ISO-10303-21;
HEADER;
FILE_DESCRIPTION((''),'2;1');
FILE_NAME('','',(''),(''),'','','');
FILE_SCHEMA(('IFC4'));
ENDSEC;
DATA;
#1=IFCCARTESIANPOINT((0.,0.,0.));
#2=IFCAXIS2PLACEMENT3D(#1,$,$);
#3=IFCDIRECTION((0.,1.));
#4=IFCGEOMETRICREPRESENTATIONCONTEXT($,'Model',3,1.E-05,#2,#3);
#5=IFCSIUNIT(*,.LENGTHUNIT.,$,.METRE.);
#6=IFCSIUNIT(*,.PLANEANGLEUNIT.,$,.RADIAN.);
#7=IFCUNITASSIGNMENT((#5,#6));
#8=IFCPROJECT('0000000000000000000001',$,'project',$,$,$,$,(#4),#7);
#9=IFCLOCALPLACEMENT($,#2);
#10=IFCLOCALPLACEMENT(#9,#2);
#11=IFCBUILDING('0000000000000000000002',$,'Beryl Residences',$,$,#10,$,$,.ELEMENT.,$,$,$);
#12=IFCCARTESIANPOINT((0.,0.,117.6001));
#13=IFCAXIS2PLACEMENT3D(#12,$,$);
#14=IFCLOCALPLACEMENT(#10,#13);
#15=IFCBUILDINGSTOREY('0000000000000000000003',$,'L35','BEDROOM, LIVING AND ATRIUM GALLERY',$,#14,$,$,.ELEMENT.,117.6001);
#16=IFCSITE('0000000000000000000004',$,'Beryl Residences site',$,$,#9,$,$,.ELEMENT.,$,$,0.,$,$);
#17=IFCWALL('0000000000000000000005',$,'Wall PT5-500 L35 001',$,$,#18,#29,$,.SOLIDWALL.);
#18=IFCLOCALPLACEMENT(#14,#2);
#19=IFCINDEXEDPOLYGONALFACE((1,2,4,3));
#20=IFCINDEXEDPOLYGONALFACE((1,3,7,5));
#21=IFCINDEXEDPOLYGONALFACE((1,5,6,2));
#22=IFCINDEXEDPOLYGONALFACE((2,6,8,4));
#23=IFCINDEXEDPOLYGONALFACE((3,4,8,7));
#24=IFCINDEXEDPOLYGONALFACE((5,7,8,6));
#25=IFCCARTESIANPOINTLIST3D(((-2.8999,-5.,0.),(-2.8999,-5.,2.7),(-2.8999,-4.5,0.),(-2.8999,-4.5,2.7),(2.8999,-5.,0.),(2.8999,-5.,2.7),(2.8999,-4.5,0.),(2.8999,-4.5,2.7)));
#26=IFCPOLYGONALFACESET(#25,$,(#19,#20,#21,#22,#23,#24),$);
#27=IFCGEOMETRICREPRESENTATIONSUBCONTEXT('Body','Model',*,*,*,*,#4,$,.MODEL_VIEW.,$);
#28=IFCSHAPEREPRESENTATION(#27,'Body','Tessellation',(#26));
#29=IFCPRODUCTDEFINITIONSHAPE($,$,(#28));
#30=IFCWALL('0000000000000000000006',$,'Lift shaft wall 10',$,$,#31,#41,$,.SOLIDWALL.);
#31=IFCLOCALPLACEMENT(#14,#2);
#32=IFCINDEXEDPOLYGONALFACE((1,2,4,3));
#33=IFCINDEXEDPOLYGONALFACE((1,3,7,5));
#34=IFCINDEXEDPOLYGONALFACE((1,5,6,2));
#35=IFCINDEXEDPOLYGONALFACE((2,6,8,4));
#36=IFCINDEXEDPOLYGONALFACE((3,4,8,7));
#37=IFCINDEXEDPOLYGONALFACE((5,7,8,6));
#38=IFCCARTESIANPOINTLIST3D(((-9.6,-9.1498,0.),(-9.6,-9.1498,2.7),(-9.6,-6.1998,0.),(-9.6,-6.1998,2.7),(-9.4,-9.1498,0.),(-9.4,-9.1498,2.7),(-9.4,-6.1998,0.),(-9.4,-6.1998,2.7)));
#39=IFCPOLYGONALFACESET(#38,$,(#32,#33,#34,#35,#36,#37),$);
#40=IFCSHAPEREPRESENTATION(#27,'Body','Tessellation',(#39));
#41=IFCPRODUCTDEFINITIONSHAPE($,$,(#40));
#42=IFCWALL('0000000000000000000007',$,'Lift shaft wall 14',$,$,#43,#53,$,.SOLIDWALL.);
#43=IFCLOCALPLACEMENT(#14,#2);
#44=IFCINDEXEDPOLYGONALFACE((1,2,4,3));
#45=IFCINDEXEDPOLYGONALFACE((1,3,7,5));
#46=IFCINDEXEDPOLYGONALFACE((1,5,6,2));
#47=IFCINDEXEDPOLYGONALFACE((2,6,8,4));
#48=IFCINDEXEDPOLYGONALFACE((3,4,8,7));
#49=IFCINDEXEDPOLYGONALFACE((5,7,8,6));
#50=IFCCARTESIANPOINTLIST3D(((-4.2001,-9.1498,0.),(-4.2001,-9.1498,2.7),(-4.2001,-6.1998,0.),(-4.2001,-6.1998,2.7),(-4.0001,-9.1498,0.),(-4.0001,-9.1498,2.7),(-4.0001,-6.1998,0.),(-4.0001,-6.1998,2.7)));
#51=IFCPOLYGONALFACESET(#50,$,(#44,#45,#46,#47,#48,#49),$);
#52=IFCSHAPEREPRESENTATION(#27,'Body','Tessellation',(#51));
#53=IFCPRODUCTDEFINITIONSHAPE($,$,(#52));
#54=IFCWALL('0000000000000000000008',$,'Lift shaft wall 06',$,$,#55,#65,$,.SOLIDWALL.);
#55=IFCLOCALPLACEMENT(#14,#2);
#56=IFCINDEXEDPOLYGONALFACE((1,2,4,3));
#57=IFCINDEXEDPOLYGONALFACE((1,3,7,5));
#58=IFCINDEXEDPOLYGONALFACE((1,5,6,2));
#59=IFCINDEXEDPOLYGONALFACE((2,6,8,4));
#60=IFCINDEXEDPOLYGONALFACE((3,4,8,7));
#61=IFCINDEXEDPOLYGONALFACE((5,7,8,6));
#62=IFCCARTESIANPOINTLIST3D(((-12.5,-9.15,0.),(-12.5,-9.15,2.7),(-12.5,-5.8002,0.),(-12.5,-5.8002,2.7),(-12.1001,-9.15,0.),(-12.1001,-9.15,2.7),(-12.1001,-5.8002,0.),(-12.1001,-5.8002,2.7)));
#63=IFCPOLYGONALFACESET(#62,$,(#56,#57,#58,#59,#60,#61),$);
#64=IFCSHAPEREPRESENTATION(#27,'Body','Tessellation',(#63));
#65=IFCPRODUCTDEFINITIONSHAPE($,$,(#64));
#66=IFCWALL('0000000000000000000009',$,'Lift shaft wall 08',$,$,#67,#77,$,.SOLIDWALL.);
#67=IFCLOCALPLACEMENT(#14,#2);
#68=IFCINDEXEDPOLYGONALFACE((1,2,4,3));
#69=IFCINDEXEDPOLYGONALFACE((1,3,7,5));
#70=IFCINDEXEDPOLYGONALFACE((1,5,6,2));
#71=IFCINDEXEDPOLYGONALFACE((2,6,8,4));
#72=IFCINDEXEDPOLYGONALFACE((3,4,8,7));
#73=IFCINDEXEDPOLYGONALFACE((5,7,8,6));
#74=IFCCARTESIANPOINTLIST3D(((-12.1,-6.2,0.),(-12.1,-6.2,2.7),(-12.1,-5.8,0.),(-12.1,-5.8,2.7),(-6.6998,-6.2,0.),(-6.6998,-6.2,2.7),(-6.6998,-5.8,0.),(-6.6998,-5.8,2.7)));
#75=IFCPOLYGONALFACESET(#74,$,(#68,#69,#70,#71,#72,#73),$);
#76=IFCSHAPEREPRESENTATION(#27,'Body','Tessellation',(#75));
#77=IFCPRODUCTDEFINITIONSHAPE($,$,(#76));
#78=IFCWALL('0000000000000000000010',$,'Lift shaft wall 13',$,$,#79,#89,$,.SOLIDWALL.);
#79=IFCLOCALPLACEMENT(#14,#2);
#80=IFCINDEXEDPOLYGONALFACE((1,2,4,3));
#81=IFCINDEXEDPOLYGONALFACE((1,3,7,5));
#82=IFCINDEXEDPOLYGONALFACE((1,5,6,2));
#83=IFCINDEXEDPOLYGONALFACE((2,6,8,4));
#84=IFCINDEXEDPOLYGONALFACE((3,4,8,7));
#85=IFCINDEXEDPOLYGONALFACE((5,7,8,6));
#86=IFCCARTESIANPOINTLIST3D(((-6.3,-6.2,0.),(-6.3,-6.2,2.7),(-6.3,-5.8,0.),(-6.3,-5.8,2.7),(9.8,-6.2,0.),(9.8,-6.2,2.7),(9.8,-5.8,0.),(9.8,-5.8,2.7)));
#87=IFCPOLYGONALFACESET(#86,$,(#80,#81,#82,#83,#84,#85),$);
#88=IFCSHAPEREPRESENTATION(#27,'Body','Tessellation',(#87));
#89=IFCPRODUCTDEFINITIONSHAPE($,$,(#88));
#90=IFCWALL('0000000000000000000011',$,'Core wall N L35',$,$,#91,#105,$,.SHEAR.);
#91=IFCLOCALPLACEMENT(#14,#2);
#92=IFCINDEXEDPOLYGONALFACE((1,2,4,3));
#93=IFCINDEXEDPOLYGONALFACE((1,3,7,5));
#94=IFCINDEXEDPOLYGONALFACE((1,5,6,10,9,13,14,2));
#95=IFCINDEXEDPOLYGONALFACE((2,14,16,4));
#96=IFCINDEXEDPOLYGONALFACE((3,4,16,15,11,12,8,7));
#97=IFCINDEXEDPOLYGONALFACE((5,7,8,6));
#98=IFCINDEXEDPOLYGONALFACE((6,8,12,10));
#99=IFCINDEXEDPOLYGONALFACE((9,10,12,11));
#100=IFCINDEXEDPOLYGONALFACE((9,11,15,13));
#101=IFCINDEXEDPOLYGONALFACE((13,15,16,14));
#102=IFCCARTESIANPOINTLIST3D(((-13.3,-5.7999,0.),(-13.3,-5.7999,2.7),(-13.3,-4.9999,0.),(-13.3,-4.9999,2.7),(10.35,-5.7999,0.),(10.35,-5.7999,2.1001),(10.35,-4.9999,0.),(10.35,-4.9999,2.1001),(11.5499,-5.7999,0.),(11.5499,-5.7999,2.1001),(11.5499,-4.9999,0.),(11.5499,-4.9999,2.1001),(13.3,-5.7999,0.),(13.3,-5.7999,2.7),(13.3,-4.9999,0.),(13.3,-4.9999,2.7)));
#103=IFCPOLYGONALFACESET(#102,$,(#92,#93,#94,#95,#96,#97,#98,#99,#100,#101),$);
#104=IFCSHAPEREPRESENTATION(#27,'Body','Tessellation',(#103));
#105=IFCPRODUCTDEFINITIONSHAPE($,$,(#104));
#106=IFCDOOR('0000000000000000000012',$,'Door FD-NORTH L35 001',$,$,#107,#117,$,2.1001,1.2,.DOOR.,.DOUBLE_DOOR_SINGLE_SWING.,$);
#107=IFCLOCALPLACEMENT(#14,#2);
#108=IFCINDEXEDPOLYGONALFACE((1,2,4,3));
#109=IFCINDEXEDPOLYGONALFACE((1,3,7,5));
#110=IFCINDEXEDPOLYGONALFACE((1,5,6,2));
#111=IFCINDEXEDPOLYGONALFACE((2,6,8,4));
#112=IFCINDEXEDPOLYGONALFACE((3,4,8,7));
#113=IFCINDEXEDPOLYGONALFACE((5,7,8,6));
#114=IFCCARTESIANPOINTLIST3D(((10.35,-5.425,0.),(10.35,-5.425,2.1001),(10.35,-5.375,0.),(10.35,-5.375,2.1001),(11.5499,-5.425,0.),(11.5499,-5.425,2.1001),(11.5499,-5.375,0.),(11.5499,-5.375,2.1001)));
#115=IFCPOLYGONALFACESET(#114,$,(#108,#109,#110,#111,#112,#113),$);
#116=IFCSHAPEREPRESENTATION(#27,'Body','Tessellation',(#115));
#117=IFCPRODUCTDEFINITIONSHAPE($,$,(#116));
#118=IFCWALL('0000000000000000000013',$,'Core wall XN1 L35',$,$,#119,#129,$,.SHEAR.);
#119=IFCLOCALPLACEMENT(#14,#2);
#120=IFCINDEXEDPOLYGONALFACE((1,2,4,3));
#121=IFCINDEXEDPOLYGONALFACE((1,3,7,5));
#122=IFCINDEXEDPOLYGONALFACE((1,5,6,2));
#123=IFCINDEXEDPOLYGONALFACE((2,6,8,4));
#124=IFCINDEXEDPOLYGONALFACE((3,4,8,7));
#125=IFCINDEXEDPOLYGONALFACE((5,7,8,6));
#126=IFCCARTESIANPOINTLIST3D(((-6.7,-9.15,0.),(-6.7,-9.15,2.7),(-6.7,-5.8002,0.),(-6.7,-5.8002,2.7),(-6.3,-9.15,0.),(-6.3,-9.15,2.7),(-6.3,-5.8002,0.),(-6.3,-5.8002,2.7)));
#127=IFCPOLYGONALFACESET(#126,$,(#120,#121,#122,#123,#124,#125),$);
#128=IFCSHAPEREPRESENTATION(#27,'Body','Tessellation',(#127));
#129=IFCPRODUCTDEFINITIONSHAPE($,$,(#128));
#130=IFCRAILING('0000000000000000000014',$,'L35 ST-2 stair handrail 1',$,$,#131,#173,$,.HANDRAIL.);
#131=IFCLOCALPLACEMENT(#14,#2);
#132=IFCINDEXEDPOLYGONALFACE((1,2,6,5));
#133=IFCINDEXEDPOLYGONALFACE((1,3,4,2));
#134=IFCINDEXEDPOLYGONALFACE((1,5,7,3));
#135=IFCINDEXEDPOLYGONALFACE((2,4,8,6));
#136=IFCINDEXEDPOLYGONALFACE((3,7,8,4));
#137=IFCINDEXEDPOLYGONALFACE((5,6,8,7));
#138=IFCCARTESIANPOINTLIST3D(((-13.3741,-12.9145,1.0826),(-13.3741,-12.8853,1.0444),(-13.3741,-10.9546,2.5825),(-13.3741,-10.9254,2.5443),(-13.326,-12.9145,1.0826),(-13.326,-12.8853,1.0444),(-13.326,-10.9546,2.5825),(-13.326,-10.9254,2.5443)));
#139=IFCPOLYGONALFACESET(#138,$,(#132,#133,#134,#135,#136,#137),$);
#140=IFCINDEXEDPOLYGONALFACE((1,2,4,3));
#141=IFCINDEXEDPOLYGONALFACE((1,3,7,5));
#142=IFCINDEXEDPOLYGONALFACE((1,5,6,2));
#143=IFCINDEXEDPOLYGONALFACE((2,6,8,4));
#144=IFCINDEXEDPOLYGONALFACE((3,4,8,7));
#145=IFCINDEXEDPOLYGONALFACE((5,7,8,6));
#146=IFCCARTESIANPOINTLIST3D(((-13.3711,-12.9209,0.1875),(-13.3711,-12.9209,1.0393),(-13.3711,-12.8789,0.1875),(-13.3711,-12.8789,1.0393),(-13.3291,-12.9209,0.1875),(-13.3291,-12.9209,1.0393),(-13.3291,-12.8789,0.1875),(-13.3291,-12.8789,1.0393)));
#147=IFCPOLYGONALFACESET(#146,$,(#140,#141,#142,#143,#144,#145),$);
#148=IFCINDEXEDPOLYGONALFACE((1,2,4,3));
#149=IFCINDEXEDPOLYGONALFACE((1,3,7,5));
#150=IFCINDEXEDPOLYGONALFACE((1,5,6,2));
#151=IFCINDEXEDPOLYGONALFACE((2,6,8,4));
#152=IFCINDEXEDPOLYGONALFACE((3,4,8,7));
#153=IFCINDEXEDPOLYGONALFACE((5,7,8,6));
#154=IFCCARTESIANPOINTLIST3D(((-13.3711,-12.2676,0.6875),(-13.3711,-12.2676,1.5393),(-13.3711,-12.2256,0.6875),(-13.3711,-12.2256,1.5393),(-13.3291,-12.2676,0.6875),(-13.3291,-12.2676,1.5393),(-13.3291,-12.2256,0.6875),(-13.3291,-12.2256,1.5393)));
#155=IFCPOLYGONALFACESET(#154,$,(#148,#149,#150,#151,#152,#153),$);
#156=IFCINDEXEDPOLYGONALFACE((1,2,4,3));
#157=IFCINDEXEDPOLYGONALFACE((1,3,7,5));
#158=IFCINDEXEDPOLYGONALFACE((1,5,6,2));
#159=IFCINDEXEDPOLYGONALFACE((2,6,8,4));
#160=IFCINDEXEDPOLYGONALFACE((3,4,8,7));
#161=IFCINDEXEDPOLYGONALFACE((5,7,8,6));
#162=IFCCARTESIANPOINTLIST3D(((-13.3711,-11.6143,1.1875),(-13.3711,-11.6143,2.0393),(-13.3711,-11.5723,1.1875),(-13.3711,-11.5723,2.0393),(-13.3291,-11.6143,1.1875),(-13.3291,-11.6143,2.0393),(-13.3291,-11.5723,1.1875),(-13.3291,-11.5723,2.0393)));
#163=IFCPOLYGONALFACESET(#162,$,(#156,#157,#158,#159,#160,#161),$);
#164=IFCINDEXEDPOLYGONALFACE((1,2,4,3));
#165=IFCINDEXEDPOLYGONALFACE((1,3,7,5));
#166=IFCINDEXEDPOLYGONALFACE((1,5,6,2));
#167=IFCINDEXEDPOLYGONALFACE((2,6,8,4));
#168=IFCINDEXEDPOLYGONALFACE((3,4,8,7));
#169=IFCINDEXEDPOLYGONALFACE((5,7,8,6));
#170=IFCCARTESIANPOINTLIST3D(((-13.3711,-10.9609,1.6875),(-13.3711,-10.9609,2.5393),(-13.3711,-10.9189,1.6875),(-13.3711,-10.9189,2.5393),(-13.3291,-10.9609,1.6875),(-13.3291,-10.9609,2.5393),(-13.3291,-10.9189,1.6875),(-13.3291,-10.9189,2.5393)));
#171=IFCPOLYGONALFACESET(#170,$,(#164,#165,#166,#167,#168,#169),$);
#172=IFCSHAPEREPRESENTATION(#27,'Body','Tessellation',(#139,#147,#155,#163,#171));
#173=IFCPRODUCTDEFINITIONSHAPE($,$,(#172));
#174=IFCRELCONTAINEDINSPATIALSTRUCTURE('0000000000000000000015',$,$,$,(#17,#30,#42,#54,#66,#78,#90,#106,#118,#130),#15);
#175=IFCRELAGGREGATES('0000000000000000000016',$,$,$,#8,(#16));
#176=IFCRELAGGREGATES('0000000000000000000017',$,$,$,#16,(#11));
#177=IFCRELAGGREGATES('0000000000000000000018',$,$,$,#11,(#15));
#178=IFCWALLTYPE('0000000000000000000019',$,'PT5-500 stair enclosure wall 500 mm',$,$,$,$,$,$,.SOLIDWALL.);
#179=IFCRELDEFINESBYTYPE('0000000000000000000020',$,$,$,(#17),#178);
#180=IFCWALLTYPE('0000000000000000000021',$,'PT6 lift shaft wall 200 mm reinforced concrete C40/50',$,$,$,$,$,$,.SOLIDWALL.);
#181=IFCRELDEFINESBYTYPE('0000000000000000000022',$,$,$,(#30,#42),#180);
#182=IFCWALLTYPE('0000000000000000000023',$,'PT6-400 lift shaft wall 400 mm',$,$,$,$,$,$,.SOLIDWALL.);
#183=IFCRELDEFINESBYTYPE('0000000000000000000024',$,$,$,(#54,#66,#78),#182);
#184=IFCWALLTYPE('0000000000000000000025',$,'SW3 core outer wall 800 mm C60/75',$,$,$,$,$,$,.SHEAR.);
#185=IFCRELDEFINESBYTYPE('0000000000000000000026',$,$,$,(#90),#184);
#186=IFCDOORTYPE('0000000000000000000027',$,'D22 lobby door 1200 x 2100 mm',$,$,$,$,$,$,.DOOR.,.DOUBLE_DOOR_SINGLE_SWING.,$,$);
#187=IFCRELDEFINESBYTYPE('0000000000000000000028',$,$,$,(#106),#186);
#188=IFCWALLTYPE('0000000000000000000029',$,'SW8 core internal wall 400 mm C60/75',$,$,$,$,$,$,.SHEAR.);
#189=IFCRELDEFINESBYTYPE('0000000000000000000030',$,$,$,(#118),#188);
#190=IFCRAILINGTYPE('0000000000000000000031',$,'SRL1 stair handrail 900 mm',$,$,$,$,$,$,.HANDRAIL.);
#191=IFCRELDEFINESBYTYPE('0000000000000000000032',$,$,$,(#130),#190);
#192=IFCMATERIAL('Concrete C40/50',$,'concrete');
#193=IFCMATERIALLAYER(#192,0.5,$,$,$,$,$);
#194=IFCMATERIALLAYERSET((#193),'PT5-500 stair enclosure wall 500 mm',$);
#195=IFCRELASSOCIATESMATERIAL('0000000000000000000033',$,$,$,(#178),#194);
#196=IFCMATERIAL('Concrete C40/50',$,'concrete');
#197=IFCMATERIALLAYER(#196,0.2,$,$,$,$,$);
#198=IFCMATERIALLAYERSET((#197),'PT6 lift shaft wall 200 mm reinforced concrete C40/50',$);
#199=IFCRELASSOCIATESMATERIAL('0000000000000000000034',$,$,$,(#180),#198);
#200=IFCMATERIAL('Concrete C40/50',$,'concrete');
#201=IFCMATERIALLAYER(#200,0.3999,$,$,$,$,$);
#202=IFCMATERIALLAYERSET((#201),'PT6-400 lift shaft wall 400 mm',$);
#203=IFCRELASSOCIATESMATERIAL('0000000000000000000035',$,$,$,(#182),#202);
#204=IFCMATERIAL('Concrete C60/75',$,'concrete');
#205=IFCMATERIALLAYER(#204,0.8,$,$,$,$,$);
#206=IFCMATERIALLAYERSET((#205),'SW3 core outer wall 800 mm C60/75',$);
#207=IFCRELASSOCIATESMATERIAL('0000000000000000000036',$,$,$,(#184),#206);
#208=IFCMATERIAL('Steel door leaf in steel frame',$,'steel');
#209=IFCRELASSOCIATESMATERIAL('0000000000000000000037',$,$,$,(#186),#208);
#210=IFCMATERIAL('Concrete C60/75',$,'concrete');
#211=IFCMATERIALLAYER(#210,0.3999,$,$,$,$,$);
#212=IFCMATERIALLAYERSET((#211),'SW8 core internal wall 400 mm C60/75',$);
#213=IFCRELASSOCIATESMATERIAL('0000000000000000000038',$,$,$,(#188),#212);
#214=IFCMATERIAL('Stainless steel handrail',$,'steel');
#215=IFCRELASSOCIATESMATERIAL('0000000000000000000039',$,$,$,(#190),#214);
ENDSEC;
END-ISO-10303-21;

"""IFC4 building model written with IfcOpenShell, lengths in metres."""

from ifc_helpers import new_model, si_unit, direction, frame, frame_2d, origin, origin_2d, place, context, subcontext, project, spatial, rectangle, extrude, material, layer, layer_set, type_object, element, fill, save


model = new_model("IFC4")

# Units and contexts
model_context = context("Model", 3, precision=1e-05, world=origin(), true_north=direction((0.0, 1.0)))
body_context = subcontext(model_context, "Body", "Model", "MODEL_VIEW")
ifc_project = project(units=[si_unit("LENGTHUNIT", "METRE"), si_unit("PLANEANGLEUNIT", "RADIAN")], contexts=[model_context])

# Site, building, storey
site_placement = place(None, origin())
site = spatial("IfcSite", under=ifc_project, at=site_placement, Name="Beryl Residences site", CompositionType="ELEMENT", RefElevation=0.0)
building_placement = place(site_placement, origin())
building = spatial("IfcBuilding", under=site, at=building_placement, Name="Beryl Residences", CompositionType="ELEMENT")
storey_placement = place(building_placement, frame((0.0, 0.0, 117.6001)))
storey = spatial("IfcBuildingStorey", under=building, at=storey_placement, Name="L35", Description="BEDROOM, LIVING AND ATRIUM GALLERY", CompositionType="ELEMENT", Elevation=117.6001)

# Walls
ifc_material_1 = material(Name="Concrete C40/50", Category="concrete")
ifc_layer_1 = layer(ifc_material_1, 0.5)
ifc_layer_set_1 = layer_set([ifc_layer_1], Name="PT5-500 stair enclosure wall 500 mm")
wall_type_1 = type_object("IfcWallType", Name="PT5-500 stair enclosure wall 500 mm", PredefinedType="SOLIDWALL", material=ifc_layer_set_1)
wall_1_placement = place(storey_placement, frame((-2.8999, -4.75, 0.0), z_axis=(0.0, 0.0, 1.0), x_axis=(1.0, 0.0, 0.0)))
element("IfcWall", 1, at=wall_1_placement, inside=storey, type_object=wall_type_1, Name="Wall PT5-500 L35 001", PredefinedType="SOLIDWALL", context=body_context, shape_type="SweptSolid", body=[
    extrude(rectangle(XDim=5.7998, YDim=0.5, at=frame_2d((2.8999, 0.0))), origin(), (0.0, 0.0, 1.0), 2.7),
])
ifc_material_2 = material(Name="Concrete C40/50", Category="concrete")
ifc_layer_2 = layer(ifc_material_2, 0.2)
ifc_layer_set_2 = layer_set([ifc_layer_2], Name="PT6 lift shaft wall 200 mm reinforced concrete C40/50")
wall_type_2 = type_object("IfcWallType", Name="PT6 lift shaft wall 200 mm reinforced concrete C40/50", PredefinedType="SOLIDWALL", material=ifc_layer_set_2)
for number, where, z_axis, x_axis, name in (
    (2, (-9.5, -9.1499, 0.0), (0.0, 0.0, 1.0), (0.0, 1.0, 0.0), "Lift shaft wall 10"),
    (3, (-4.1001, -9.1499, 0.0), (0.0, 0.0, 1.0), (0.0, 1.0, 0.0), "Lift shaft wall 14"),
):
    element("IfcWall", number, at=place(storey_placement, frame(where, z_axis=z_axis, x_axis=x_axis)), inside=storey, type_object=wall_type_2, Name=name, PredefinedType="SOLIDWALL", context=body_context, shape_type="SweptSolid", body=[
        extrude(rectangle(XDim=2.95, YDim=0.2, at=frame_2d((1.4751, 0.0))), origin(), (0.0, 0.0, 1.0), 2.7),
    ])
ifc_material_3 = material(Name="Concrete C40/50", Category="concrete")
ifc_layer_3 = layer(ifc_material_3, 0.3999)
ifc_layer_set_3 = layer_set([ifc_layer_3], Name="PT6-400 lift shaft wall 400 mm")
wall_type_3 = type_object("IfcWallType", Name="PT6-400 lift shaft wall 400 mm", PredefinedType="SOLIDWALL", material=ifc_layer_set_3)
wall_2_placement = place(storey_placement, frame((-12.3, -9.1499, 0.0), z_axis=(0.0, 0.0, 1.0), x_axis=(0.0, 1.0, 0.0)))
element("IfcWall", 4, at=wall_2_placement, inside=storey, type_object=wall_type_3, Name="Lift shaft wall 06", PredefinedType="SOLIDWALL", context=body_context, shape_type="SweptSolid", body=[
    extrude(rectangle(XDim=3.3499, YDim=0.3999, at=frame_2d((1.6748, 0.0))), origin(), (0.0, 0.0, 1.0), 2.7),
])
wall_3_placement = place(storey_placement, frame((-12.1001, -6.0, 0.0), z_axis=(0.0, 0.0, 1.0), x_axis=(1.0, 0.0, 0.0)))
element("IfcWall", 5, at=wall_3_placement, inside=storey, type_object=wall_type_3, Name="Lift shaft wall 08", PredefinedType="SOLIDWALL", context=body_context, shape_type="SweptSolid", body=[
    extrude(rectangle(XDim=5.4001, YDim=0.3999, at=frame_2d((2.7002, 0.0))), origin(), (0.0, 0.0, 1.0), 2.7),
])
wall_4_placement = place(storey_placement, frame((-6.3, -6.0, 0.0), z_axis=(0.0, 0.0, 1.0), x_axis=(1.0, 0.0, 0.0)))
element("IfcWall", 6, at=wall_4_placement, inside=storey, type_object=wall_type_3, Name="Lift shaft wall 13", PredefinedType="SOLIDWALL", context=body_context, shape_type="SweptSolid", body=[
    extrude(rectangle(XDim=16.1001, YDim=0.3999, at=frame_2d((8.05, 0.0))), origin(), (0.0, 0.0, 1.0), 2.7),
])

# Wall, opening, door
ifc_material_4 = material(Name="Concrete C60/75", Category="concrete")
ifc_layer_4 = layer(ifc_material_4, 0.8)
ifc_layer_set_4 = layer_set([ifc_layer_4], Name="SW3 core outer wall 800 mm C60/75")
wall_type_4 = type_object("IfcWallType", Name="SW3 core outer wall 800 mm C60/75", PredefinedType="SHEAR", material=ifc_layer_set_4)
wall_5_placement = place(storey_placement, frame((-13.3, -5.3999, 0.0), z_axis=(0.0, 0.0, 1.0), x_axis=(1.0, 0.0, 0.0)))
wall_5 = element("IfcWall", 7, at=wall_5_placement, inside=storey, type_object=wall_type_4, Name="Core wall N L35", PredefinedType="SHEAR", context=body_context, shape_type="SweptSolid", body=[
    extrude(rectangle(XDim=26.6001, YDim=0.8, at=frame_2d((13.3, 0.0))), origin(), (0.0, 0.0, 1.0), 2.7),
])
opening_1_placement = place(wall_5_placement, frame((23.6499, 0.0, 0.0)))
opening_1 = element("IfcOpeningElement", 8, at=opening_1_placement, cuts=wall_5, PredefinedType="OPENING", context=body_context, shape_type="SweptSolid", body=[
    extrude(rectangle(XDim=1.2, YDim=2.1001, at=frame_2d((0.6001, 1.05))), frame((0.0, 0.4099, 0.0), z_axis=(0.0, -1.0, 0.0), x_axis=(1.0, 0.0, 0.0)), (0.0, 0.0, 1.0), 0.8201),
])
ifc_material_5 = material(Name="Steel door leaf in steel frame", Category="steel")
door_type_1 = type_object("IfcDoorType", Name="D22 lobby door 1200 x 2100 mm", OperationType="DOUBLE_DOOR_SINGLE_SWING", PredefinedType="DOOR", material=ifc_material_5)
door_1_placement = place(opening_1_placement, origin())
door_1 = element("IfcDoor", 9, at=door_1_placement, inside=storey, type_object=door_type_1, Name="Door FD-NORTH L35 001", OperationType="DOUBLE_DOOR_SINGLE_SWING", OverallHeight=2.1001, OverallWidth=1.2, PredefinedType="DOOR", context=body_context, shape_type="SweptSolid", body=[
    extrude(rectangle(XDim=1.2, YDim=2.1001, at=frame_2d((0.6001, 1.05))), frame((0.0, 0.0249, 0.0), z_axis=(0.0, -1.0, 0.0), x_axis=(1.0, 0.0, 0.0)), (0.0, 0.0, 1.0), 0.05),
])
fill(opening_1, door_1)

# Shared definitions
ifc_material_6 = material(Name="Concrete C60/75", Category="concrete")
ifc_layer_5 = layer(ifc_material_6, 0.3999)
ifc_layer_set_5 = layer_set([ifc_layer_5], Name="SW8 core internal wall 400 mm C60/75")
wall_type_5 = type_object("IfcWallType", Name="SW8 core internal wall 400 mm C60/75", PredefinedType="SHEAR", material=ifc_layer_set_5)

# Wall
wall_6_placement = place(storey_placement, frame((-6.5, -9.1499, 0.0), z_axis=(0.0, 0.0, 1.0), x_axis=(0.0, 1.0, 0.0)))
element("IfcWall", 10, at=wall_6_placement, inside=storey, type_object=wall_type_5, Name="Core wall XN1 L35", PredefinedType="SHEAR", context=body_context, shape_type="SweptSolid", body=[
    extrude(rectangle(XDim=3.3499, YDim=0.3999, at=frame_2d((1.6748, 0.0))), origin(), (0.0, 0.0, 1.0), 2.7),
])

# Railing
ifc_material_7 = material(Name="Stainless steel handrail", Category="steel")
railing_type = type_object("IfcRailingType", Name="SRL1 stair handrail 900 mm", PredefinedType="HANDRAIL", material=ifc_material_7)
railing_placement = place(storey_placement, frame((-13.3501, -12.8999, 0.1875)))
element("IfcRailing", 11, at=railing_placement, inside=storey, type_object=railing_type, Name="L35 ST-2 stair handrail 1", PredefinedType="HANDRAIL", context=body_context, shape_type="SweptSolid", body=[
    extrude(rectangle(XDim=0.0481, YDim=0.0481, at=origin_2d()), frame((0.0, 0.0, 0.876), z_axis=(0.0, 0.794122, 0.607758), x_axis=(-1.0, 0.0, 0.0)), (0.0, 0.0, 1.0), 2.468),
    extrude(rectangle(XDim=0.042, YDim=0.042, at=origin_2d()), origin(), (0.0, 0.0, 1.0), 0.8518),
    extrude(rectangle(XDim=0.042, YDim=0.042, at=origin_2d()), frame((0.0, 0.6533, 0.5)), (0.0, 0.0, 1.0), 0.8518),
    extrude(rectangle(XDim=0.042, YDim=0.042, at=origin_2d()), frame((0.0, 1.3066, 1.0)), (0.0, 0.0, 1.0), 0.8518),
    extrude(rectangle(XDim=0.042, YDim=0.042, at=origin_2d()), frame((0.0, 1.96, 1.5)), (0.0, 0.0, 1.0), 0.8518),
])

save(model, "model.ifc")
